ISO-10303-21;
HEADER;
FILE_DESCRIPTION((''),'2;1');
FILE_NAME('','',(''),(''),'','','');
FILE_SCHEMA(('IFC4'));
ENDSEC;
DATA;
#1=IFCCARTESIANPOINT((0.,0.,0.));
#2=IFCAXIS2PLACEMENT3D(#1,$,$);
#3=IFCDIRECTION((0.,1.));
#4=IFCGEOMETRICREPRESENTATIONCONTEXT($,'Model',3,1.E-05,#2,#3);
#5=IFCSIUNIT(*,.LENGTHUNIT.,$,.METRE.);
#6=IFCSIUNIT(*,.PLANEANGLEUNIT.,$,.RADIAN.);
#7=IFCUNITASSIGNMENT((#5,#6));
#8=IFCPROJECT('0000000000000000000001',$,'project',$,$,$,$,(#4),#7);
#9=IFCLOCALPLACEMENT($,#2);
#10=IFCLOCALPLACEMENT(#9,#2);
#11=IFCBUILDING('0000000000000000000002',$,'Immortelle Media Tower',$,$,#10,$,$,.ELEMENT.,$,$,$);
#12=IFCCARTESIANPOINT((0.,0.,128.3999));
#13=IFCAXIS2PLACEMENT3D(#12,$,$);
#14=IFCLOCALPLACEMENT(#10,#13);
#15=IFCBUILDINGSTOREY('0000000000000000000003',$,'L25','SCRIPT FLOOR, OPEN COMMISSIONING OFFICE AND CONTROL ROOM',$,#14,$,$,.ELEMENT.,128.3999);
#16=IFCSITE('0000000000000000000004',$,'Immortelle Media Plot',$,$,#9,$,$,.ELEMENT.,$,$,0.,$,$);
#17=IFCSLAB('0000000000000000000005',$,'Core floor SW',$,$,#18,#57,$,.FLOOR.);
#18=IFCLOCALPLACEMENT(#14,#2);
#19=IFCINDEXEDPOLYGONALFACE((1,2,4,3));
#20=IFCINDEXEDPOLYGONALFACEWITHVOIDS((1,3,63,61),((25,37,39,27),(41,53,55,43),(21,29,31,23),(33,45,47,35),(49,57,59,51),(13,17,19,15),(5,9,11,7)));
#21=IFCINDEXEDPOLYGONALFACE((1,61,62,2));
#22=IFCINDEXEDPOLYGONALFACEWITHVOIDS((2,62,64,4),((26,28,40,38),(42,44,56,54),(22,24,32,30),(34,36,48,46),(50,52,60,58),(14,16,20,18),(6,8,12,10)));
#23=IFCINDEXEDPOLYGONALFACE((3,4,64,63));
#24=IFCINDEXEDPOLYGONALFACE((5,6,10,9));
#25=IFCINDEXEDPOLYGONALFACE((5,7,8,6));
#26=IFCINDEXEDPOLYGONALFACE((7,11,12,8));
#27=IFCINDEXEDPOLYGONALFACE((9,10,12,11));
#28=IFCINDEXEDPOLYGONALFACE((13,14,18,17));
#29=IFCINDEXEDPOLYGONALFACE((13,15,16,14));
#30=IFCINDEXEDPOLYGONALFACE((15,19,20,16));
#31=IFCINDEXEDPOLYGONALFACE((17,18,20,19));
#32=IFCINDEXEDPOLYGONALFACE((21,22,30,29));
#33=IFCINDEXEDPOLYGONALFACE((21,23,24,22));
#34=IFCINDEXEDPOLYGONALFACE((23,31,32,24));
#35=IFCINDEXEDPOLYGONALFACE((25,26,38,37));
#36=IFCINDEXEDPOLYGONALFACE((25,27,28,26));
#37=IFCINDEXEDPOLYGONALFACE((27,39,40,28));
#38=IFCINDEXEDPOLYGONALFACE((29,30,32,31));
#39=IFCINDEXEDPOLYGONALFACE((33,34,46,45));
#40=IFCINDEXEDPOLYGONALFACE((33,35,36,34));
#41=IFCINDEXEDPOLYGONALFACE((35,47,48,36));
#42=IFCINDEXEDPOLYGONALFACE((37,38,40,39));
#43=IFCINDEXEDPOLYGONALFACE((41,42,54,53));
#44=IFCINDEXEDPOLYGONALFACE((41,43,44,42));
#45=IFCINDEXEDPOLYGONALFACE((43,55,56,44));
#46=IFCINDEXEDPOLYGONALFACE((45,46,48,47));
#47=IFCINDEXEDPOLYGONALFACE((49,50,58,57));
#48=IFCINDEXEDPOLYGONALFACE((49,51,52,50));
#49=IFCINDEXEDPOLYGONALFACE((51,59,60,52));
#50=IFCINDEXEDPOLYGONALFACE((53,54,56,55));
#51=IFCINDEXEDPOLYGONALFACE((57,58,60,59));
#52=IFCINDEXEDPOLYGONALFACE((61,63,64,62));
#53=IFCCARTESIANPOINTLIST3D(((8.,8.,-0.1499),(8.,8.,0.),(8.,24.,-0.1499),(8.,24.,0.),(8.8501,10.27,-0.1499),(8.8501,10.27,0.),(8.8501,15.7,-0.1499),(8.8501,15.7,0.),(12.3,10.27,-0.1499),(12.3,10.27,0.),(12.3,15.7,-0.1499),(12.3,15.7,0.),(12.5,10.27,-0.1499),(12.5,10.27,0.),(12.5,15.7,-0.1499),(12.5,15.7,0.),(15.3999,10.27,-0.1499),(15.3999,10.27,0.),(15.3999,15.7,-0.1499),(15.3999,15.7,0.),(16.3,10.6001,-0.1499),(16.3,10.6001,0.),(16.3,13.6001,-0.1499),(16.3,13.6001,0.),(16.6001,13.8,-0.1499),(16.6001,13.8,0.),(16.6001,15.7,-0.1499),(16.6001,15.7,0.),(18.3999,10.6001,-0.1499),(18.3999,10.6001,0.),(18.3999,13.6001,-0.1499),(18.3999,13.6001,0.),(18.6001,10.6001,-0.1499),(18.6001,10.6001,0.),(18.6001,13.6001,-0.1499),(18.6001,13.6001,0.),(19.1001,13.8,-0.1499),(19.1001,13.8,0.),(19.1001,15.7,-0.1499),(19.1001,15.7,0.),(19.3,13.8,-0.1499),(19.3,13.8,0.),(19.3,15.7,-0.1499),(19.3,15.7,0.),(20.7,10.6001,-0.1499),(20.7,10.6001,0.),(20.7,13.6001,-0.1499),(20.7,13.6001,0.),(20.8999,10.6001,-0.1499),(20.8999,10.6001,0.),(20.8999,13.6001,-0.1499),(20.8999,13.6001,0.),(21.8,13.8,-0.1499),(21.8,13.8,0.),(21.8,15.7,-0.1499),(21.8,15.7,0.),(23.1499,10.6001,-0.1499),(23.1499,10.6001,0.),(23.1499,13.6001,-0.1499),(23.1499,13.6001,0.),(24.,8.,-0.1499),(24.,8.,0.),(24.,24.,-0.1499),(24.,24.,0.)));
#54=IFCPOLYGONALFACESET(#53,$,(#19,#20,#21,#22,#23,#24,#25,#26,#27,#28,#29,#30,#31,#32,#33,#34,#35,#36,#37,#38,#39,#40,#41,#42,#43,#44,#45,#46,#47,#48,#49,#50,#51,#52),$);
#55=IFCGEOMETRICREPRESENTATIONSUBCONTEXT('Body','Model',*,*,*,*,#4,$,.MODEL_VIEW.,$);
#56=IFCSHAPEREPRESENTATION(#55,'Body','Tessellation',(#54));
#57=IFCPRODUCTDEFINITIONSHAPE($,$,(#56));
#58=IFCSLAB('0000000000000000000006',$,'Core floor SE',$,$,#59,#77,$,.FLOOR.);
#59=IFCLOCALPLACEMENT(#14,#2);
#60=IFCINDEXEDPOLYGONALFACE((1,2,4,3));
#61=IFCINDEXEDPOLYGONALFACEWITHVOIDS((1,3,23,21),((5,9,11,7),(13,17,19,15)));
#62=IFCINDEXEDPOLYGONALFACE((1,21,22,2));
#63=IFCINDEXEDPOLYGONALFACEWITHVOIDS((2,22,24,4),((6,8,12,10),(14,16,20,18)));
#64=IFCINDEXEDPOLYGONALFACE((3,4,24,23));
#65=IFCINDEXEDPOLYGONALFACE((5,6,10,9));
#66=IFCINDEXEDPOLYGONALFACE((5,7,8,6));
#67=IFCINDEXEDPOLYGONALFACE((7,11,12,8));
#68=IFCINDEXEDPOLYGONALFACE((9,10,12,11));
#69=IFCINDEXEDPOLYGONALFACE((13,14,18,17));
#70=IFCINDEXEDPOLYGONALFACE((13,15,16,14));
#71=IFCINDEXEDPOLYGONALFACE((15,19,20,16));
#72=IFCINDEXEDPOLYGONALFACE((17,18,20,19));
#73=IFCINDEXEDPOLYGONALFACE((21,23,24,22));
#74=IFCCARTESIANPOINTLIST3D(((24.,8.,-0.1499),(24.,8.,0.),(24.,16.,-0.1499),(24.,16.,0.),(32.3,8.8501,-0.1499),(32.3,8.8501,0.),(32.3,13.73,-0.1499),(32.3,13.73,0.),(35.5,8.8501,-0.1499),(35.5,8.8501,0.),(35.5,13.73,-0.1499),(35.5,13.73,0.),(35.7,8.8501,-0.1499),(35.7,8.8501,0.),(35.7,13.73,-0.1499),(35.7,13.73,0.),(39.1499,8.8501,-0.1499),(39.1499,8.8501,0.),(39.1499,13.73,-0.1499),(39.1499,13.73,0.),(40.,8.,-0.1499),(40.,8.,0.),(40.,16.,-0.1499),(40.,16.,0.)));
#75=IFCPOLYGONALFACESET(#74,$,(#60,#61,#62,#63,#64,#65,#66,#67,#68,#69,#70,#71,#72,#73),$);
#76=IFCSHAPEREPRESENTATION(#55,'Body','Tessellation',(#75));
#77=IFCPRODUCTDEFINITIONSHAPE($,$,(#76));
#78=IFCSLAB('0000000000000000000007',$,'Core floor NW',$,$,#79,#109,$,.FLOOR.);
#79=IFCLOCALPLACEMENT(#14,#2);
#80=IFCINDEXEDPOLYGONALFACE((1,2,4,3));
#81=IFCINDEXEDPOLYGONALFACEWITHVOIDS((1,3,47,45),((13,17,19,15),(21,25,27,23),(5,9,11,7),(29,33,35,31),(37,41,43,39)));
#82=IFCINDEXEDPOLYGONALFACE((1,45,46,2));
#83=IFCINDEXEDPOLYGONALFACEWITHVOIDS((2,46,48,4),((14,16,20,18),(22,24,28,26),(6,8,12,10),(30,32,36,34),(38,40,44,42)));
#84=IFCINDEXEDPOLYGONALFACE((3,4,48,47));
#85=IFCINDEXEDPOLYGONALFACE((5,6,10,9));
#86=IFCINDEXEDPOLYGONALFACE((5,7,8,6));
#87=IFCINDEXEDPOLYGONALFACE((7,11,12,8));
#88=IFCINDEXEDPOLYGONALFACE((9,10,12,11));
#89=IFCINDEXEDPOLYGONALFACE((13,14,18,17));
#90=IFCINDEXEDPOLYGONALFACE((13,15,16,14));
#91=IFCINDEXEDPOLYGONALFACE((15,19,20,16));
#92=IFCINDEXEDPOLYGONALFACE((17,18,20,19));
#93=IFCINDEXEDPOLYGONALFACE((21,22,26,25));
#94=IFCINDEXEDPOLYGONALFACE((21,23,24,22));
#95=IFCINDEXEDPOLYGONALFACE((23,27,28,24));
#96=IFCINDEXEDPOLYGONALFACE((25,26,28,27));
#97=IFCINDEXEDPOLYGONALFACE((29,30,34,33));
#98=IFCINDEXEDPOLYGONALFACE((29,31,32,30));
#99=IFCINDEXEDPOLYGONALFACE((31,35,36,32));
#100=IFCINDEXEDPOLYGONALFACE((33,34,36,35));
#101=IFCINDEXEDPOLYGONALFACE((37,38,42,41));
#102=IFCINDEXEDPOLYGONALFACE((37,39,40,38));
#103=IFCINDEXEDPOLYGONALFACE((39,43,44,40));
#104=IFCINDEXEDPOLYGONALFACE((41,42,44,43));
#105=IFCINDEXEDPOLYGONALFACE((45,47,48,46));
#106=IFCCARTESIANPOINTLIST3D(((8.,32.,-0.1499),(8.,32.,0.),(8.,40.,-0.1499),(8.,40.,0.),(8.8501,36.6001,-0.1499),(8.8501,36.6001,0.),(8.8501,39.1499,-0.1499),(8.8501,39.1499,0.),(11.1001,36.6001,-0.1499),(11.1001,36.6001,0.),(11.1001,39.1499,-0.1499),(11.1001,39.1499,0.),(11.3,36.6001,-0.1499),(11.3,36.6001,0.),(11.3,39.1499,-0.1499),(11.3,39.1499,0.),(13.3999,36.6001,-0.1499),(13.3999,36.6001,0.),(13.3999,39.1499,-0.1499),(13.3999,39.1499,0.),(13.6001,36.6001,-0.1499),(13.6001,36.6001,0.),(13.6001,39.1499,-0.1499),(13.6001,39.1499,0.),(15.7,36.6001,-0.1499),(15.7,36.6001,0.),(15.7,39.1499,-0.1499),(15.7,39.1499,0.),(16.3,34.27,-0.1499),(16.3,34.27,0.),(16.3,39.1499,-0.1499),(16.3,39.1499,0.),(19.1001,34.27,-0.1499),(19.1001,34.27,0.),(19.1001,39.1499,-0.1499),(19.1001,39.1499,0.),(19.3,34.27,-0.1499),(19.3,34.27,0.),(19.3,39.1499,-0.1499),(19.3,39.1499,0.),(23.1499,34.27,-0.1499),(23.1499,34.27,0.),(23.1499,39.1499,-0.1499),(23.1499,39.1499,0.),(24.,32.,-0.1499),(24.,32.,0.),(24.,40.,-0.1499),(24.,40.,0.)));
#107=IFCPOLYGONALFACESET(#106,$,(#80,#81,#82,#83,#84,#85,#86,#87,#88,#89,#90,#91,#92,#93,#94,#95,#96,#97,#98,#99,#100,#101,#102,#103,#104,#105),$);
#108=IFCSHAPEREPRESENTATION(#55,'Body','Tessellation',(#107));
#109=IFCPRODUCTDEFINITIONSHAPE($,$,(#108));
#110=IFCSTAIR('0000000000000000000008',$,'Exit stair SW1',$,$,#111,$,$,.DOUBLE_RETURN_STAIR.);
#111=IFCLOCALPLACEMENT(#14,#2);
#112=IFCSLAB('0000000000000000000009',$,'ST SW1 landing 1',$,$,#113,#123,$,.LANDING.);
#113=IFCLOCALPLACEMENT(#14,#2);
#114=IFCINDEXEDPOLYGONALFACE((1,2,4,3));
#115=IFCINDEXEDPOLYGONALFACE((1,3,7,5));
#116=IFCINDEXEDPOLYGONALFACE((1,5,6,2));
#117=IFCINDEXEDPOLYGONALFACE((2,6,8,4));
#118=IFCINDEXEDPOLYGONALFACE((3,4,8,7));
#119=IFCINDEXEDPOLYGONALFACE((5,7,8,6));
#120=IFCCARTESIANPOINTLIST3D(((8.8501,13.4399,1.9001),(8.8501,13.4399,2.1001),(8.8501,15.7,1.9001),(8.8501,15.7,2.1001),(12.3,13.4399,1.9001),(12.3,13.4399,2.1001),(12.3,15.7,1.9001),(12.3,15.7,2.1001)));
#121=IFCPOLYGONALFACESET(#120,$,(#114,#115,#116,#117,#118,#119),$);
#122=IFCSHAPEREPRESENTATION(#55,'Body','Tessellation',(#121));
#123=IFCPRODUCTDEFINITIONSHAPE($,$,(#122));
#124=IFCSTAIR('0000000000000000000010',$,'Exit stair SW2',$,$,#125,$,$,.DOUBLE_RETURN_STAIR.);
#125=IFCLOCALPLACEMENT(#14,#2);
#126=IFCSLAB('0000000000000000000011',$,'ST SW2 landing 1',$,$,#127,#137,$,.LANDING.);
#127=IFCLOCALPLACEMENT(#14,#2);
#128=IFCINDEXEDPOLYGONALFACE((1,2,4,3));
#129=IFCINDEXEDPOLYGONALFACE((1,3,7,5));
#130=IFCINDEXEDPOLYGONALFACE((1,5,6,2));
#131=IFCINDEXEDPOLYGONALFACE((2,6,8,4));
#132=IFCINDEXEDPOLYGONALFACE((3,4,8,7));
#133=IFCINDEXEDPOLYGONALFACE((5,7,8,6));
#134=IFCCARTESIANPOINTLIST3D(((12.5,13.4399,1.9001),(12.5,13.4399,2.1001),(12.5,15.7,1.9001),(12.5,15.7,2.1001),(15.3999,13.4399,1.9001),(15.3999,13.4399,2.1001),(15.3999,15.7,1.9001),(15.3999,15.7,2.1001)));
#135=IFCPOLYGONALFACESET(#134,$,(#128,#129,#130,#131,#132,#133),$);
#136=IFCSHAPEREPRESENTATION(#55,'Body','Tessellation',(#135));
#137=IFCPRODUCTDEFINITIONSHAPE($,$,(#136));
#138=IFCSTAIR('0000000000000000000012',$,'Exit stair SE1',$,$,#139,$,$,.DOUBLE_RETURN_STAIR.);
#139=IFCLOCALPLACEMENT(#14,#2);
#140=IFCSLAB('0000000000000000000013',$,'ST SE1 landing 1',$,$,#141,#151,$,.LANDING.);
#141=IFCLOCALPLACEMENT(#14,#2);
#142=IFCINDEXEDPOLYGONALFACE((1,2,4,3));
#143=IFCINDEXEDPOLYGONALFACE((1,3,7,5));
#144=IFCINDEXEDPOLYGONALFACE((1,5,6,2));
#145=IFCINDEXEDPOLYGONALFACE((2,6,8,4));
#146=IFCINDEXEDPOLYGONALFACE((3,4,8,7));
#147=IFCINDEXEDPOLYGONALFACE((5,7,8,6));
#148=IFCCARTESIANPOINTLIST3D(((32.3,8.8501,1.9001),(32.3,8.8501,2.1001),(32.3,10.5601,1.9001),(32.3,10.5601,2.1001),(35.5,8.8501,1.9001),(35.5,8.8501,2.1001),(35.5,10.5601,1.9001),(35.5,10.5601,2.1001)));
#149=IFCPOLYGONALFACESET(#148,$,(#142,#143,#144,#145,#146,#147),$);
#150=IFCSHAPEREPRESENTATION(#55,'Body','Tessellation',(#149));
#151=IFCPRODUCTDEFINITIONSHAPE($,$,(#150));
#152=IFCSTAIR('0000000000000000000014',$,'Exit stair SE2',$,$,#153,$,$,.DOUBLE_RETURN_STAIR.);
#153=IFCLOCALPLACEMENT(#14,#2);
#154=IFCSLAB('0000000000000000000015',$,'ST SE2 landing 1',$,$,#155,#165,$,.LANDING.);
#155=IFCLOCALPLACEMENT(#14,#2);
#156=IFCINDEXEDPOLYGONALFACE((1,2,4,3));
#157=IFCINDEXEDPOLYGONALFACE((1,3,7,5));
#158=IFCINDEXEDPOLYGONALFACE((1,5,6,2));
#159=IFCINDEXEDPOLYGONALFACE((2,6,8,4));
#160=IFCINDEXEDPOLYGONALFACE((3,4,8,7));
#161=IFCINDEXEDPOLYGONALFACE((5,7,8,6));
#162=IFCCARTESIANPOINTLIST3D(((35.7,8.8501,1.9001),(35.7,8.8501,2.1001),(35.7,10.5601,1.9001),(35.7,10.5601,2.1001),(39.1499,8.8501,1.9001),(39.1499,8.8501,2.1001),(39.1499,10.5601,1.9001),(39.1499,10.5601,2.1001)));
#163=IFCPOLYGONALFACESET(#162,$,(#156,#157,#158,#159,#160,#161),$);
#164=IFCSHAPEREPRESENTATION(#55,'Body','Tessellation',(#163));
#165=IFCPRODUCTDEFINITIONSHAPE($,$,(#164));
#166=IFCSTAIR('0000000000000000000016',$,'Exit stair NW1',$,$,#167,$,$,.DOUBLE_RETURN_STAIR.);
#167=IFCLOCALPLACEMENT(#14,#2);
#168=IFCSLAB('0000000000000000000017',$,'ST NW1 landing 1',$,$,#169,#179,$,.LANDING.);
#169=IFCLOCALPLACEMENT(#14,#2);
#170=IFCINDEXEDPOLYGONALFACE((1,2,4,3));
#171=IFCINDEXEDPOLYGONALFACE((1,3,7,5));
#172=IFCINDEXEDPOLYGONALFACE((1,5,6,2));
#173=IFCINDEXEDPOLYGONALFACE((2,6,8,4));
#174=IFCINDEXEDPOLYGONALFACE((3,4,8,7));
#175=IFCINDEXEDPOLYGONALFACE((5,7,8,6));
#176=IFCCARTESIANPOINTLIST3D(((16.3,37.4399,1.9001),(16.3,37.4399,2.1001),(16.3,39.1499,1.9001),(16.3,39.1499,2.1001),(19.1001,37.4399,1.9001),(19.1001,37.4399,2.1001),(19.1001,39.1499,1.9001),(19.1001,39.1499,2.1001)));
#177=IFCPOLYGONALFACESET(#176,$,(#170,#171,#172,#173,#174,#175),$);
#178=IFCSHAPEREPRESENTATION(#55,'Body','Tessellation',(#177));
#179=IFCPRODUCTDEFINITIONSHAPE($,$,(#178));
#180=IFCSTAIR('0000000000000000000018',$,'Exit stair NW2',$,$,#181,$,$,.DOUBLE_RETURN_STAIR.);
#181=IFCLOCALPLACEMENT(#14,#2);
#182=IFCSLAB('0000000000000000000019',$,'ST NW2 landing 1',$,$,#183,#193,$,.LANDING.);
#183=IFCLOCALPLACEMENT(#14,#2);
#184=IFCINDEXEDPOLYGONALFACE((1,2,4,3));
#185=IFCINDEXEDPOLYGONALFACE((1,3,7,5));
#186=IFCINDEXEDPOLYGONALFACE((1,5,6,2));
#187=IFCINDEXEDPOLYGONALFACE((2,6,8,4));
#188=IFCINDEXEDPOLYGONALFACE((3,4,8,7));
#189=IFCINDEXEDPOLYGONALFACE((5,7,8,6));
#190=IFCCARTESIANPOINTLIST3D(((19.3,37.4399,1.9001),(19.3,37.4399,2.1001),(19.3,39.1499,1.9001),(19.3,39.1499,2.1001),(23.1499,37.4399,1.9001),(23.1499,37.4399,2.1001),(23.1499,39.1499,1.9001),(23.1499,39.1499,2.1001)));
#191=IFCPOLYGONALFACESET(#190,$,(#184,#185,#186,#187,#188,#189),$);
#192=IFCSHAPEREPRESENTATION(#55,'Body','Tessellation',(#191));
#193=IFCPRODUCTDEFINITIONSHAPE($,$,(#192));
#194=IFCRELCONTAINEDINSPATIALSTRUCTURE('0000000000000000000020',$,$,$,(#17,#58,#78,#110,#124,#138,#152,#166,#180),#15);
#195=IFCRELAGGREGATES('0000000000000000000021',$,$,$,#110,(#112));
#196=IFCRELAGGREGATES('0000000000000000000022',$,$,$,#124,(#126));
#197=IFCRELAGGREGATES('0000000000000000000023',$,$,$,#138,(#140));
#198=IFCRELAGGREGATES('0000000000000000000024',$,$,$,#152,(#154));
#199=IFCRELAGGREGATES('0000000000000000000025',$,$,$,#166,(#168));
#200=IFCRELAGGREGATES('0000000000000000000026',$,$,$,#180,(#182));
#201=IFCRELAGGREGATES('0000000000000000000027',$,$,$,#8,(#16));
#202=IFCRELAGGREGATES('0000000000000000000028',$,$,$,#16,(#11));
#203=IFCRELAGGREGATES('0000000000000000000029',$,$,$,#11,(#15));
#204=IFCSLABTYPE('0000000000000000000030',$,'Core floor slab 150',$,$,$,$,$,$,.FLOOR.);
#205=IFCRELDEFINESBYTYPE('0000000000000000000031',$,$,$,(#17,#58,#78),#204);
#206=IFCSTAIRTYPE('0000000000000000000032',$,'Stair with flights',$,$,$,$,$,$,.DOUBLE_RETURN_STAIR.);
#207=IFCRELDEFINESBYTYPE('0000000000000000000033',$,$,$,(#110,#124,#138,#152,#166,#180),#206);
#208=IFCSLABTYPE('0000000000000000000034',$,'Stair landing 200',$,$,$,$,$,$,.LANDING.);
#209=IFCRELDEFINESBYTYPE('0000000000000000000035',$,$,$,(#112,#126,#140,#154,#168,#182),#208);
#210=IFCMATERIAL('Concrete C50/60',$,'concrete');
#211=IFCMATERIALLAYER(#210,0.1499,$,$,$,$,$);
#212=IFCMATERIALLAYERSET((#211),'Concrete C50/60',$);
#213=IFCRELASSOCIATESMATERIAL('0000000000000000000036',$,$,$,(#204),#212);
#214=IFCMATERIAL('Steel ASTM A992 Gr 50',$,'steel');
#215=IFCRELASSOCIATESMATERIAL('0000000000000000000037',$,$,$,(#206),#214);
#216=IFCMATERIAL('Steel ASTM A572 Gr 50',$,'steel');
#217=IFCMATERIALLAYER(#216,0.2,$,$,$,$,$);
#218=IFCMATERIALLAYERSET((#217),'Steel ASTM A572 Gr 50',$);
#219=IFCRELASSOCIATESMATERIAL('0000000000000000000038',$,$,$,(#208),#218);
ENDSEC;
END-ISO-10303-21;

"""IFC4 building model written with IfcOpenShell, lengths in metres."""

from ifc_helpers import new_model, si_unit, direction, frame, origin, place, context, subcontext, project, spatial, polyline, outline, extrude, material, layer, layer_set, type_object, element, aggregate, save


model = new_model("IFC4")

# Units and contexts
model_context = context("Model", 3, precision=1e-05, world=origin(), true_north=direction((0.0, 1.0)))
body_context = subcontext(model_context, "Body", "Model", "MODEL_VIEW")
ifc_project = project(units=[si_unit("LENGTHUNIT", "METRE"), si_unit("PLANEANGLEUNIT", "RADIAN")], contexts=[model_context])

# Site, building, storey
site_placement = place(None, origin())
site = spatial("IfcSite", under=ifc_project, at=site_placement, Name="Immortelle Media Plot", CompositionType="ELEMENT", RefElevation=0.0)
building_placement = place(site_placement, origin())
building = spatial("IfcBuilding", under=site, at=building_placement, Name="Immortelle Media Tower", CompositionType="ELEMENT")
storey_placement = place(building_placement, frame((0.0, 0.0, 128.3999)))
storey = spatial("IfcBuildingStorey", under=building, at=storey_placement, Name="L25", Description="SCRIPT FLOOR, OPEN COMMISSIONING OFFICE AND CONTROL ROOM", CompositionType="ELEMENT", Elevation=128.3999)

# Slabs
ifc_material_1 = material(Name="Concrete C50/60", Category="concrete")
ifc_layer_1 = layer(ifc_material_1, 0.1499)
ifc_layer_set_1 = layer_set([ifc_layer_1], Name="Concrete C50/60")
slab_type_1 = type_object("IfcSlabType", Name="Core floor slab 150", PredefinedType="FLOOR", material=ifc_layer_set_1)
slab_1_placement = place(storey_placement, frame((0.0, 0.0, -0.1499)))
element("IfcSlab", 1, at=slab_1_placement, inside=storey, type_object=slab_type_1, Name="Core floor SW", PredefinedType="FLOOR", context=body_context, shape_type="SweptSolid", body=[
    extrude(outline(polyline([(8.0, 8.0), (24.0, 8.0), (24.0, 24.0), (8.0, 24.0), (8.0, 8.0)]), holes=[polyline([(16.6001, 13.8), (19.1001, 13.8), (19.1001, 15.7), (16.6001, 15.7), (16.6001, 13.8)]), polyline([(19.3, 13.8), (21.8, 13.8), (21.8, 15.7), (19.3, 15.7), (19.3, 13.8)]), polyline([(16.3, 10.6001), (18.3999, 10.6001), (18.3999, 13.6001), (16.3, 13.6001), (16.3, 10.6001)]), polyline([(18.6001, 10.6001), (20.7, 10.6001), (20.7, 13.6001), (18.6001, 13.6001), (18.6001, 10.6001)]), polyline([(20.8999, 10.6001), (23.1499, 10.6001), (23.1499, 13.6001), (20.8999, 13.6001), (20.8999, 10.6001)]), polyline([(8.8501, 10.27), (12.3, 10.27), (12.3, 15.7), (8.8501, 15.7), (8.8501, 10.27)]), polyline([(12.5, 10.27), (15.3999, 10.27), (15.3999, 15.7), (12.5, 15.7), (12.5, 10.27)])]), origin(), (0.0, 0.0, 1.0), 0.1499),
])
slab_2_placement = place(storey_placement, frame((0.0, 0.0, -0.1499)))
element("IfcSlab", 2, at=slab_2_placement, inside=storey, type_object=slab_type_1, Name="Core floor SE", PredefinedType="FLOOR", context=body_context, shape_type="SweptSolid", body=[
    extrude(outline(polyline([(24.0, 8.0), (40.0, 8.0), (40.0, 16.0), (24.0, 16.0), (24.0, 8.0)]), holes=[polyline([(32.3, 8.8501), (35.5, 8.8501), (35.5, 13.73), (32.3, 13.73), (32.3, 8.8501)]), polyline([(35.7, 8.8501), (39.1499, 8.8501), (39.1499, 13.73), (35.7, 13.73), (35.7, 8.8501)])]), origin(), (0.0, 0.0, 1.0), 0.1499),
])
slab_3_placement = place(storey_placement, frame((0.0, 0.0, -0.1499)))
element("IfcSlab", 3, at=slab_3_placement, inside=storey, type_object=slab_type_1, Name="Core floor NW", PredefinedType="FLOOR", context=body_context, shape_type="SweptSolid", body=[
    extrude(outline(polyline([(8.0, 32.0), (24.0, 32.0), (24.0, 40.0), (8.0, 40.0), (8.0, 32.0)]), holes=[polyline([(8.8501, 36.6001), (11.1001, 36.6001), (11.1001, 39.1499), (8.8501, 39.1499), (8.8501, 36.6001)]), polyline([(11.3, 36.6001), (13.3999, 36.6001), (13.3999, 39.1499), (11.3, 39.1499), (11.3, 36.6001)]), polyline([(13.6001, 36.6001), (15.7, 36.6001), (15.7, 39.1499), (13.6001, 39.1499), (13.6001, 36.6001)]), polyline([(16.3, 34.27), (19.1001, 34.27), (19.1001, 39.1499), (16.3, 39.1499), (16.3, 34.27)]), polyline([(19.3, 34.27), (23.1499, 34.27), (23.1499, 39.1499), (19.3, 39.1499), (19.3, 34.27)])]), origin(), (0.0, 0.0, 1.0), 0.1499),
])

# Stairs, slabs
ifc_material_2 = material(Name="Steel ASTM A992 Gr 50", Category="steel")
stair_type = type_object("IfcStairType", Name="Stair with flights", PredefinedType="DOUBLE_RETURN_STAIR", material=ifc_material_2)
stair_1_placement = place(storey_placement, origin())
stair_1 = element("IfcStair", 4, at=stair_1_placement, inside=storey, type_object=stair_type, Name="Exit stair SW1", PredefinedType="DOUBLE_RETURN_STAIR")
ifc_material_3 = material(Name="Steel ASTM A572 Gr 50", Category="steel")
ifc_layer_2 = layer(ifc_material_3, 0.2)
ifc_layer_set_2 = layer_set([ifc_layer_2], Name="Steel ASTM A572 Gr 50")
slab_type_2 = type_object("IfcSlabType", Name="Stair landing 200", PredefinedType="LANDING", material=ifc_layer_set_2)
slab_4_placement = place(storey_placement, frame((0.0, 0.0, 1.9001)))
slab_4 = element("IfcSlab", 5, at=slab_4_placement, type_object=slab_type_2, Name="ST SW1 landing 1", PredefinedType="LANDING", context=body_context, shape_type="SweptSolid", body=[
    extrude(outline(polyline([(8.8501, 13.4399), (12.3, 13.4399), (12.3, 15.7), (8.8501, 15.7), (8.8501, 13.4399)])), origin(), (0.0, 0.0, 1.0), 0.2),
])
aggregate(stair_1, [slab_4])
stair_2_placement = place(storey_placement, origin())
stair_2 = element("IfcStair", 6, at=stair_2_placement, inside=storey, type_object=stair_type, Name="Exit stair SW2", PredefinedType="DOUBLE_RETURN_STAIR")
slab_5_placement = place(storey_placement, frame((0.0, 0.0, 1.9001)))
slab_5 = element("IfcSlab", 7, at=slab_5_placement, type_object=slab_type_2, Name="ST SW2 landing 1", PredefinedType="LANDING", context=body_context, shape_type="SweptSolid", body=[
    extrude(outline(polyline([(12.5, 13.4399), (15.3999, 13.4399), (15.3999, 15.7), (12.5, 15.7), (12.5, 13.4399)])), origin(), (0.0, 0.0, 1.0), 0.2),
])
aggregate(stair_2, [slab_5])
stair_3_placement = place(storey_placement, origin())
stair_3 = element("IfcStair", 8, at=stair_3_placement, inside=storey, type_object=stair_type, Name="Exit stair SE1", PredefinedType="DOUBLE_RETURN_STAIR")
slab_6_placement = place(storey_placement, frame((0.0, 0.0, 1.9001)))
slab_6 = element("IfcSlab", 9, at=slab_6_placement, type_object=slab_type_2, Name="ST SE1 landing 1", PredefinedType="LANDING", context=body_context, shape_type="SweptSolid", body=[
    extrude(outline(polyline([(32.3, 8.8501), (35.5, 8.8501), (35.5, 10.5601), (32.3, 10.5601), (32.3, 8.8501)])), origin(), (0.0, 0.0, 1.0), 0.2),
])
aggregate(stair_3, [slab_6])
stair_4_placement = place(storey_placement, origin())
stair_4 = element("IfcStair", 10, at=stair_4_placement, inside=storey, type_object=stair_type, Name="Exit stair SE2", PredefinedType="DOUBLE_RETURN_STAIR")
slab_7_placement = place(storey_placement, frame((0.0, 0.0, 1.9001)))
slab_7 = element("IfcSlab", 11, at=slab_7_placement, type_object=slab_type_2, Name="ST SE2 landing 1", PredefinedType="LANDING", context=body_context, shape_type="SweptSolid", body=[
    extrude(outline(polyline([(35.7, 8.8501), (39.1499, 8.8501), (39.1499, 10.5601), (35.7, 10.5601), (35.7, 8.8501)])), origin(), (0.0, 0.0, 1.0), 0.2),
])
aggregate(stair_4, [slab_7])
stair_5_placement = place(storey_placement, origin())
stair_5 = element("IfcStair", 12, at=stair_5_placement, inside=storey, type_object=stair_type, Name="Exit stair NW1", PredefinedType="DOUBLE_RETURN_STAIR")
slab_8_placement = place(storey_placement, frame((0.0, 0.0, 1.9001)))
slab_8 = element("IfcSlab", 13, at=slab_8_placement, type_object=slab_type_2, Name="ST NW1 landing 1", PredefinedType="LANDING", context=body_context, shape_type="SweptSolid", body=[
    extrude(outline(polyline([(16.3, 37.4399), (19.1001, 37.4399), (19.1001, 39.1499), (16.3, 39.1499), (16.3, 37.4399)])), origin(), (0.0, 0.0, 1.0), 0.2),
])
aggregate(stair_5, [slab_8])
stair_6_placement = place(storey_placement, origin())
stair_6 = element("IfcStair", 14, at=stair_6_placement, inside=storey, type_object=stair_type, Name="Exit stair NW2", PredefinedType="DOUBLE_RETURN_STAIR")
slab_9_placement = place(storey_placement, frame((0.0, 0.0, 1.9001)))
slab_9 = element("IfcSlab", 15, at=slab_9_placement, type_object=slab_type_2, Name="ST NW2 landing 1", PredefinedType="LANDING", context=body_context, shape_type="SweptSolid", body=[
    extrude(outline(polyline([(19.3, 37.4399), (23.1499, 37.4399), (23.1499, 39.1499), (19.3, 39.1499), (19.3, 37.4399)])), origin(), (0.0, 0.0, 1.0), 0.2),
])
aggregate(stair_6, [slab_9])

save(model, "model.ifc")
